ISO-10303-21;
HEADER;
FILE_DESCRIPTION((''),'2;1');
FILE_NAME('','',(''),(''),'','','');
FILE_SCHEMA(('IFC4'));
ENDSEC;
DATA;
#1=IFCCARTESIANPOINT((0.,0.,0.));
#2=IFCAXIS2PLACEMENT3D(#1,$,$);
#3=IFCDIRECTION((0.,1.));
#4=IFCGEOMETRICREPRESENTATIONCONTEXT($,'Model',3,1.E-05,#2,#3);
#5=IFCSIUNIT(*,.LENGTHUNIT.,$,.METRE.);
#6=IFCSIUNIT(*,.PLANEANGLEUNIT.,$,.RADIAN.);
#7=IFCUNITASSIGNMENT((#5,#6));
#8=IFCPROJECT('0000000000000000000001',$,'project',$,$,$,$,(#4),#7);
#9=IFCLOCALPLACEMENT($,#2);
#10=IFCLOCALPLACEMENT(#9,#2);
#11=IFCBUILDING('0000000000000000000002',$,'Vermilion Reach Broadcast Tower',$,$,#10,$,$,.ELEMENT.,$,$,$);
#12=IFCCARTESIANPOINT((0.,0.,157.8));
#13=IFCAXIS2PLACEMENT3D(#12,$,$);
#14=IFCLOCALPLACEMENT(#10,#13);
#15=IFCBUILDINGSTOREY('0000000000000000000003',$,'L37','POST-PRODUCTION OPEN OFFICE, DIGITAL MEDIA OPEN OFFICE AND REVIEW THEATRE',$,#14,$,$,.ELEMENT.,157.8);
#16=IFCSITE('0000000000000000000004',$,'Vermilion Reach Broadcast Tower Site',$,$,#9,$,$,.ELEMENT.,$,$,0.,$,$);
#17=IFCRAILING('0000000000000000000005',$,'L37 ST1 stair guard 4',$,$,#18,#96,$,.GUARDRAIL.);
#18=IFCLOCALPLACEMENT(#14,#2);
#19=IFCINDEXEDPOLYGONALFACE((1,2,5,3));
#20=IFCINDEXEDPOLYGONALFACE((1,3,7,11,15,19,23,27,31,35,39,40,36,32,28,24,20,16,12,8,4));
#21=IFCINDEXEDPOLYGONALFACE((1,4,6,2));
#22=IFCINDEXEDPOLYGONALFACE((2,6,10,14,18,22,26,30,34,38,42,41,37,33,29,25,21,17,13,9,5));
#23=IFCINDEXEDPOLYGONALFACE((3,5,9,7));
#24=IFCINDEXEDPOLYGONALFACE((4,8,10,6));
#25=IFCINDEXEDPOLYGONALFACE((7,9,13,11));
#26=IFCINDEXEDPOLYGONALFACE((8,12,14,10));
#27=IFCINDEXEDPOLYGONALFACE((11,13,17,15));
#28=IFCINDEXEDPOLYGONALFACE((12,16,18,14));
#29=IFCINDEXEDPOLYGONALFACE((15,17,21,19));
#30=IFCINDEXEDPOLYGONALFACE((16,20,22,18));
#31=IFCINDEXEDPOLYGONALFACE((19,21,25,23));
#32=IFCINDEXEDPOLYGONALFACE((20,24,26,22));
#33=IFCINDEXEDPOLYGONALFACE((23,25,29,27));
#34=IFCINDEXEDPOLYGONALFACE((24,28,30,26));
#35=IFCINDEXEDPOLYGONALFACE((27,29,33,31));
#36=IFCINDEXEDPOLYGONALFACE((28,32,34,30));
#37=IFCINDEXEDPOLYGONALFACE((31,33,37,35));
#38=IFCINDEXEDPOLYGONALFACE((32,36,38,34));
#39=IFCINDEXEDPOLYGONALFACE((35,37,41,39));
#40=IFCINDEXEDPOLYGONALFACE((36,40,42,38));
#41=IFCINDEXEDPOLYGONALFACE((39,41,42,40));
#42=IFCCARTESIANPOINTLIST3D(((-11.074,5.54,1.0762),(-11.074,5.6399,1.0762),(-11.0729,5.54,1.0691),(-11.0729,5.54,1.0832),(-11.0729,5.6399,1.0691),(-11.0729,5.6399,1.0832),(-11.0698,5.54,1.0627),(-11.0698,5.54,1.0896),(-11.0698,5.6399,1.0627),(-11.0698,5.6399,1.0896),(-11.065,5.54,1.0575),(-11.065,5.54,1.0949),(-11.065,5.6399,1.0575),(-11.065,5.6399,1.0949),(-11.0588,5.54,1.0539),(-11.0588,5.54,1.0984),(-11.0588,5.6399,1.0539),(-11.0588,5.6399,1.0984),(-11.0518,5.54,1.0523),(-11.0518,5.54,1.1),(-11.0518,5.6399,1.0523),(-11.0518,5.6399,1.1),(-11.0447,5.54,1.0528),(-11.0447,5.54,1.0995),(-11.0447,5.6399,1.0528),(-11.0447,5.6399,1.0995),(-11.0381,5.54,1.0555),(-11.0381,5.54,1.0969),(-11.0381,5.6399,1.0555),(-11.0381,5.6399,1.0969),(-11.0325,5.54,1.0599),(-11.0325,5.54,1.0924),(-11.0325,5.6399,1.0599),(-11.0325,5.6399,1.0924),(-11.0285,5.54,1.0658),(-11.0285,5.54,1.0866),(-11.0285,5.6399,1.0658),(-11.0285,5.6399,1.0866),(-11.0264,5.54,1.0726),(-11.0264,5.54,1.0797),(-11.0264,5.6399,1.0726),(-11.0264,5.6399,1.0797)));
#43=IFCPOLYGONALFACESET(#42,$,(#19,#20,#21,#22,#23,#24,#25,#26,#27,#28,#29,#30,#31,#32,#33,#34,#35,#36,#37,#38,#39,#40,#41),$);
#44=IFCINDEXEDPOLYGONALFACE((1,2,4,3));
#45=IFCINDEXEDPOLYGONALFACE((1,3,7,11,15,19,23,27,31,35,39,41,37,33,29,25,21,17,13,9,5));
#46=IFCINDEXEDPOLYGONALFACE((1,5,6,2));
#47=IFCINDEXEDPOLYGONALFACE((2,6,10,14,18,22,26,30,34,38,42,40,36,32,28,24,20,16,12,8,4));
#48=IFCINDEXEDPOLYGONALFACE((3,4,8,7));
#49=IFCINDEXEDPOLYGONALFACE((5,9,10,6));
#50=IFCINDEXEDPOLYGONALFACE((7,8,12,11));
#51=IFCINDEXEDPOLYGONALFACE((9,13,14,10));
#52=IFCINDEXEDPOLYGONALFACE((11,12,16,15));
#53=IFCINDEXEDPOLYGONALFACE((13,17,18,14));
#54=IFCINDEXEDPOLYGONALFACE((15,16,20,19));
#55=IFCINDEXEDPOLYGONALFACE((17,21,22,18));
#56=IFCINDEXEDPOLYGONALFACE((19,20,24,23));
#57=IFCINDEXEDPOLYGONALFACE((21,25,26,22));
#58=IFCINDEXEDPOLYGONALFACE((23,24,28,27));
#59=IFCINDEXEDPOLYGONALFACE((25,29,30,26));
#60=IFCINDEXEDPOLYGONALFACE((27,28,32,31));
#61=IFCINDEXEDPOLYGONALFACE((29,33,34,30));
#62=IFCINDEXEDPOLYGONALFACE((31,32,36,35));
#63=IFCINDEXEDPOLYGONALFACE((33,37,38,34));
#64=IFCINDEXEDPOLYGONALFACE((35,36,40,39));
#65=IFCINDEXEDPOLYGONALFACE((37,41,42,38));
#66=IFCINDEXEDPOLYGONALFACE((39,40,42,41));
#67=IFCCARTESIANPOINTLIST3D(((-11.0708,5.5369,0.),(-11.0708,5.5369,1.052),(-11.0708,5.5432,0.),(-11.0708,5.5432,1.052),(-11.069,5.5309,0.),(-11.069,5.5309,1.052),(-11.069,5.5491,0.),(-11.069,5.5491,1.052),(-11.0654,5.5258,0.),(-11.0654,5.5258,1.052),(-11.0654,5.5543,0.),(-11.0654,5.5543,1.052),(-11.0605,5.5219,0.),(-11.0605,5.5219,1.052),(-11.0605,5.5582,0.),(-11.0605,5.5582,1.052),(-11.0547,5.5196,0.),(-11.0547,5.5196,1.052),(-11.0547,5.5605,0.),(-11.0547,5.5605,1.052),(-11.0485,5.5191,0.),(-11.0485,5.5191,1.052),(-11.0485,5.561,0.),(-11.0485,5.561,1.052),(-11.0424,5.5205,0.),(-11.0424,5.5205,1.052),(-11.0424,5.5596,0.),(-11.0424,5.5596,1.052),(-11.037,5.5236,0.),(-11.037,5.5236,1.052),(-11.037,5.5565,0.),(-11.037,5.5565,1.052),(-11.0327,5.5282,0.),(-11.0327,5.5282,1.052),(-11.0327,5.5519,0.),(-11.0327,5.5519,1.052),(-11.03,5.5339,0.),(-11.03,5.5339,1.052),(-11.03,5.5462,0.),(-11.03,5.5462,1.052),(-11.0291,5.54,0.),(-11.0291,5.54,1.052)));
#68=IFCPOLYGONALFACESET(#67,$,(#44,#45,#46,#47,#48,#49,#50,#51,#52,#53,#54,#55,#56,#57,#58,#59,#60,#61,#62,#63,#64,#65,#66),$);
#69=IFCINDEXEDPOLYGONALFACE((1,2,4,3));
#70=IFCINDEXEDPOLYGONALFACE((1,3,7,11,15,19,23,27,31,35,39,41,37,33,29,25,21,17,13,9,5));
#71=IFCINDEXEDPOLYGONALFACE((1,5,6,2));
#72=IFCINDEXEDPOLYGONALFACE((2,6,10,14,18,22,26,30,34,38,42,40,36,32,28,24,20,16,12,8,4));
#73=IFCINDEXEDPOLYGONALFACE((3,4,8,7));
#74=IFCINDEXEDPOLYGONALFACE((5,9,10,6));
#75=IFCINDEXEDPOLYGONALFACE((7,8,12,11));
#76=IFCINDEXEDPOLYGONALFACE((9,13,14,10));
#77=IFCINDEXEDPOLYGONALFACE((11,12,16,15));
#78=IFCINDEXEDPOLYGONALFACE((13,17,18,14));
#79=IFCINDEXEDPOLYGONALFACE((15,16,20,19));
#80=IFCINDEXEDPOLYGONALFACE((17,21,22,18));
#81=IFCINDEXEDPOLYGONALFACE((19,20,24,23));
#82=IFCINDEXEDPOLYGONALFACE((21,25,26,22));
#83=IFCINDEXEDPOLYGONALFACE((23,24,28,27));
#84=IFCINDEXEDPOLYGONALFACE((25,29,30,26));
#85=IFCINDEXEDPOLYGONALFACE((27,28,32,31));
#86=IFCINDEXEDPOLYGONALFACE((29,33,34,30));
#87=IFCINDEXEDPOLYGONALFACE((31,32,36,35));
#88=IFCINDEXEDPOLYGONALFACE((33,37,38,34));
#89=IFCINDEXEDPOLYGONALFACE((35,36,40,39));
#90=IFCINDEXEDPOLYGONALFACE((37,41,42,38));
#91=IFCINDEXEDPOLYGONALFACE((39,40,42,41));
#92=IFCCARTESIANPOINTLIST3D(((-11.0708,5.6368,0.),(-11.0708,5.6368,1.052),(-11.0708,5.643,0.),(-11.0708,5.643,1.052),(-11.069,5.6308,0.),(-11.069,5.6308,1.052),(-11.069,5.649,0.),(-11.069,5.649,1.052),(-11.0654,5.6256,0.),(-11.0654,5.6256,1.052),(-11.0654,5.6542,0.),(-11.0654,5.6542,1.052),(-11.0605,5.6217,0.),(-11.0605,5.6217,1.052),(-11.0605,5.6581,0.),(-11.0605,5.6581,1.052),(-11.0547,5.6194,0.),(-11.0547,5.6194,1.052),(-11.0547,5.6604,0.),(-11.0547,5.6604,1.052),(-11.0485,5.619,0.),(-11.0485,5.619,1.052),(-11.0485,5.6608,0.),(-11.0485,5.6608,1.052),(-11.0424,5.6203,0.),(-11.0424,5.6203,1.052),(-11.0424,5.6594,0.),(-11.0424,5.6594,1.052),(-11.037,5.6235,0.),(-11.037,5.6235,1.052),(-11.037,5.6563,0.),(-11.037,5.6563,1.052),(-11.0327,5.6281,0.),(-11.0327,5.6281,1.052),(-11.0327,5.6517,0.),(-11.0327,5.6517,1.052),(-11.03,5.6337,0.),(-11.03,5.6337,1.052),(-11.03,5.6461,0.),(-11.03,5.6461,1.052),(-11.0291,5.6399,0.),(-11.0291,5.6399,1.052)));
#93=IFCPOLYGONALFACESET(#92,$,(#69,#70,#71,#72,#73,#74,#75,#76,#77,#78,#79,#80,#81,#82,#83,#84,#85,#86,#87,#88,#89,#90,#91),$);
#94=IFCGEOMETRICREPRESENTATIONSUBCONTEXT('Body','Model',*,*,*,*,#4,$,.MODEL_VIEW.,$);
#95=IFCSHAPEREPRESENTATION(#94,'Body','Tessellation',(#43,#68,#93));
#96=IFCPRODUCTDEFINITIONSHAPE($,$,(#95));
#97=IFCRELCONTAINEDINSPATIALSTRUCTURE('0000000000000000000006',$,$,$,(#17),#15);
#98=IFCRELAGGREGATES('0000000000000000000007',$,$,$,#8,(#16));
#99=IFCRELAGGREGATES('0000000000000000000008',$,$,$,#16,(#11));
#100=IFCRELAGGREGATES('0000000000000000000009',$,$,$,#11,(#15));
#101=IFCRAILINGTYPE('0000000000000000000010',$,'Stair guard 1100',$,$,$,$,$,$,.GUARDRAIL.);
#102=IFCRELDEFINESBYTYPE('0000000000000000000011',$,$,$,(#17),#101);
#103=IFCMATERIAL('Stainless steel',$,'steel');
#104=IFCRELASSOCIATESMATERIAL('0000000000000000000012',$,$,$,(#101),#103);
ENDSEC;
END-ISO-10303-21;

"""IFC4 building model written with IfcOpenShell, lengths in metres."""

from ifc_helpers import new_model, si_unit, direction, frame, origin, origin_2d, place, context, subcontext, project, spatial, circle, extrude, material, type_object, element, save


model = new_model("IFC4")

# Units and contexts
model_context = context("Model", 3, precision=1e-05, world=origin(), true_north=direction((0.0, 1.0)))
body_context = subcontext(model_context, "Body", "Model", "MODEL_VIEW")
ifc_project = project(units=[si_unit("LENGTHUNIT", "METRE"), si_unit("PLANEANGLEUNIT", "RADIAN")], contexts=[model_context])

# Site, building, storey
site_placement = place(None, origin())
site = spatial("IfcSite", under=ifc_project, at=site_placement, Name="Vermilion Reach Broadcast Tower Site", CompositionType="ELEMENT", RefElevation=0.0)
building_placement = place(site_placement, origin())
building = spatial("IfcBuilding", under=site, at=building_placement, Name="Vermilion Reach Broadcast Tower", CompositionType="ELEMENT")
storey_placement = place(building_placement, frame((0.0, 0.0, 157.8)))
storey = spatial("IfcBuildingStorey", under=building, at=storey_placement, Name="L37", Description="POST-PRODUCTION OPEN OFFICE, DIGITAL MEDIA OPEN OFFICE AND REVIEW THEATRE", CompositionType="ELEMENT", Elevation=157.8)

# Railing
ifc_material_1 = material(Name="Stainless steel", Category="steel")
railing_type_1 = type_object("IfcRailingType", Name="Stair guard 1100", PredefinedType="GUARDRAIL", material=ifc_material_1)
railing_1_placement = place(storey_placement, frame((-11.05, 5.54, 0.0)))
element("IfcRailing", 1, at=railing_1_placement, inside=storey, type_object=railing_type_1, Name="L37 ST1 stair guard 4", PredefinedType="GUARDRAIL", context=body_context, shape_type="SweptSolid", body=[
    extrude(circle(Radius=0.0239, at=origin_2d()), frame((0.0, 0.0, 1.0762), z_axis=(0.0, 1.0, 0.0), x_axis=(-1.0, 0.0, 0.0)), (0.0, 0.0, 1.0), 0.0999),
    extrude(circle(Radius=0.021, at=origin_2d()), origin(), (0.0, 0.0, 1.0), 1.052),
    extrude(circle(Radius=0.021, at=origin_2d()), frame((0.0, 0.0999, 0.0)), (0.0, 0.0, 1.0), 1.052),
])

save(model, "model.ifc")
